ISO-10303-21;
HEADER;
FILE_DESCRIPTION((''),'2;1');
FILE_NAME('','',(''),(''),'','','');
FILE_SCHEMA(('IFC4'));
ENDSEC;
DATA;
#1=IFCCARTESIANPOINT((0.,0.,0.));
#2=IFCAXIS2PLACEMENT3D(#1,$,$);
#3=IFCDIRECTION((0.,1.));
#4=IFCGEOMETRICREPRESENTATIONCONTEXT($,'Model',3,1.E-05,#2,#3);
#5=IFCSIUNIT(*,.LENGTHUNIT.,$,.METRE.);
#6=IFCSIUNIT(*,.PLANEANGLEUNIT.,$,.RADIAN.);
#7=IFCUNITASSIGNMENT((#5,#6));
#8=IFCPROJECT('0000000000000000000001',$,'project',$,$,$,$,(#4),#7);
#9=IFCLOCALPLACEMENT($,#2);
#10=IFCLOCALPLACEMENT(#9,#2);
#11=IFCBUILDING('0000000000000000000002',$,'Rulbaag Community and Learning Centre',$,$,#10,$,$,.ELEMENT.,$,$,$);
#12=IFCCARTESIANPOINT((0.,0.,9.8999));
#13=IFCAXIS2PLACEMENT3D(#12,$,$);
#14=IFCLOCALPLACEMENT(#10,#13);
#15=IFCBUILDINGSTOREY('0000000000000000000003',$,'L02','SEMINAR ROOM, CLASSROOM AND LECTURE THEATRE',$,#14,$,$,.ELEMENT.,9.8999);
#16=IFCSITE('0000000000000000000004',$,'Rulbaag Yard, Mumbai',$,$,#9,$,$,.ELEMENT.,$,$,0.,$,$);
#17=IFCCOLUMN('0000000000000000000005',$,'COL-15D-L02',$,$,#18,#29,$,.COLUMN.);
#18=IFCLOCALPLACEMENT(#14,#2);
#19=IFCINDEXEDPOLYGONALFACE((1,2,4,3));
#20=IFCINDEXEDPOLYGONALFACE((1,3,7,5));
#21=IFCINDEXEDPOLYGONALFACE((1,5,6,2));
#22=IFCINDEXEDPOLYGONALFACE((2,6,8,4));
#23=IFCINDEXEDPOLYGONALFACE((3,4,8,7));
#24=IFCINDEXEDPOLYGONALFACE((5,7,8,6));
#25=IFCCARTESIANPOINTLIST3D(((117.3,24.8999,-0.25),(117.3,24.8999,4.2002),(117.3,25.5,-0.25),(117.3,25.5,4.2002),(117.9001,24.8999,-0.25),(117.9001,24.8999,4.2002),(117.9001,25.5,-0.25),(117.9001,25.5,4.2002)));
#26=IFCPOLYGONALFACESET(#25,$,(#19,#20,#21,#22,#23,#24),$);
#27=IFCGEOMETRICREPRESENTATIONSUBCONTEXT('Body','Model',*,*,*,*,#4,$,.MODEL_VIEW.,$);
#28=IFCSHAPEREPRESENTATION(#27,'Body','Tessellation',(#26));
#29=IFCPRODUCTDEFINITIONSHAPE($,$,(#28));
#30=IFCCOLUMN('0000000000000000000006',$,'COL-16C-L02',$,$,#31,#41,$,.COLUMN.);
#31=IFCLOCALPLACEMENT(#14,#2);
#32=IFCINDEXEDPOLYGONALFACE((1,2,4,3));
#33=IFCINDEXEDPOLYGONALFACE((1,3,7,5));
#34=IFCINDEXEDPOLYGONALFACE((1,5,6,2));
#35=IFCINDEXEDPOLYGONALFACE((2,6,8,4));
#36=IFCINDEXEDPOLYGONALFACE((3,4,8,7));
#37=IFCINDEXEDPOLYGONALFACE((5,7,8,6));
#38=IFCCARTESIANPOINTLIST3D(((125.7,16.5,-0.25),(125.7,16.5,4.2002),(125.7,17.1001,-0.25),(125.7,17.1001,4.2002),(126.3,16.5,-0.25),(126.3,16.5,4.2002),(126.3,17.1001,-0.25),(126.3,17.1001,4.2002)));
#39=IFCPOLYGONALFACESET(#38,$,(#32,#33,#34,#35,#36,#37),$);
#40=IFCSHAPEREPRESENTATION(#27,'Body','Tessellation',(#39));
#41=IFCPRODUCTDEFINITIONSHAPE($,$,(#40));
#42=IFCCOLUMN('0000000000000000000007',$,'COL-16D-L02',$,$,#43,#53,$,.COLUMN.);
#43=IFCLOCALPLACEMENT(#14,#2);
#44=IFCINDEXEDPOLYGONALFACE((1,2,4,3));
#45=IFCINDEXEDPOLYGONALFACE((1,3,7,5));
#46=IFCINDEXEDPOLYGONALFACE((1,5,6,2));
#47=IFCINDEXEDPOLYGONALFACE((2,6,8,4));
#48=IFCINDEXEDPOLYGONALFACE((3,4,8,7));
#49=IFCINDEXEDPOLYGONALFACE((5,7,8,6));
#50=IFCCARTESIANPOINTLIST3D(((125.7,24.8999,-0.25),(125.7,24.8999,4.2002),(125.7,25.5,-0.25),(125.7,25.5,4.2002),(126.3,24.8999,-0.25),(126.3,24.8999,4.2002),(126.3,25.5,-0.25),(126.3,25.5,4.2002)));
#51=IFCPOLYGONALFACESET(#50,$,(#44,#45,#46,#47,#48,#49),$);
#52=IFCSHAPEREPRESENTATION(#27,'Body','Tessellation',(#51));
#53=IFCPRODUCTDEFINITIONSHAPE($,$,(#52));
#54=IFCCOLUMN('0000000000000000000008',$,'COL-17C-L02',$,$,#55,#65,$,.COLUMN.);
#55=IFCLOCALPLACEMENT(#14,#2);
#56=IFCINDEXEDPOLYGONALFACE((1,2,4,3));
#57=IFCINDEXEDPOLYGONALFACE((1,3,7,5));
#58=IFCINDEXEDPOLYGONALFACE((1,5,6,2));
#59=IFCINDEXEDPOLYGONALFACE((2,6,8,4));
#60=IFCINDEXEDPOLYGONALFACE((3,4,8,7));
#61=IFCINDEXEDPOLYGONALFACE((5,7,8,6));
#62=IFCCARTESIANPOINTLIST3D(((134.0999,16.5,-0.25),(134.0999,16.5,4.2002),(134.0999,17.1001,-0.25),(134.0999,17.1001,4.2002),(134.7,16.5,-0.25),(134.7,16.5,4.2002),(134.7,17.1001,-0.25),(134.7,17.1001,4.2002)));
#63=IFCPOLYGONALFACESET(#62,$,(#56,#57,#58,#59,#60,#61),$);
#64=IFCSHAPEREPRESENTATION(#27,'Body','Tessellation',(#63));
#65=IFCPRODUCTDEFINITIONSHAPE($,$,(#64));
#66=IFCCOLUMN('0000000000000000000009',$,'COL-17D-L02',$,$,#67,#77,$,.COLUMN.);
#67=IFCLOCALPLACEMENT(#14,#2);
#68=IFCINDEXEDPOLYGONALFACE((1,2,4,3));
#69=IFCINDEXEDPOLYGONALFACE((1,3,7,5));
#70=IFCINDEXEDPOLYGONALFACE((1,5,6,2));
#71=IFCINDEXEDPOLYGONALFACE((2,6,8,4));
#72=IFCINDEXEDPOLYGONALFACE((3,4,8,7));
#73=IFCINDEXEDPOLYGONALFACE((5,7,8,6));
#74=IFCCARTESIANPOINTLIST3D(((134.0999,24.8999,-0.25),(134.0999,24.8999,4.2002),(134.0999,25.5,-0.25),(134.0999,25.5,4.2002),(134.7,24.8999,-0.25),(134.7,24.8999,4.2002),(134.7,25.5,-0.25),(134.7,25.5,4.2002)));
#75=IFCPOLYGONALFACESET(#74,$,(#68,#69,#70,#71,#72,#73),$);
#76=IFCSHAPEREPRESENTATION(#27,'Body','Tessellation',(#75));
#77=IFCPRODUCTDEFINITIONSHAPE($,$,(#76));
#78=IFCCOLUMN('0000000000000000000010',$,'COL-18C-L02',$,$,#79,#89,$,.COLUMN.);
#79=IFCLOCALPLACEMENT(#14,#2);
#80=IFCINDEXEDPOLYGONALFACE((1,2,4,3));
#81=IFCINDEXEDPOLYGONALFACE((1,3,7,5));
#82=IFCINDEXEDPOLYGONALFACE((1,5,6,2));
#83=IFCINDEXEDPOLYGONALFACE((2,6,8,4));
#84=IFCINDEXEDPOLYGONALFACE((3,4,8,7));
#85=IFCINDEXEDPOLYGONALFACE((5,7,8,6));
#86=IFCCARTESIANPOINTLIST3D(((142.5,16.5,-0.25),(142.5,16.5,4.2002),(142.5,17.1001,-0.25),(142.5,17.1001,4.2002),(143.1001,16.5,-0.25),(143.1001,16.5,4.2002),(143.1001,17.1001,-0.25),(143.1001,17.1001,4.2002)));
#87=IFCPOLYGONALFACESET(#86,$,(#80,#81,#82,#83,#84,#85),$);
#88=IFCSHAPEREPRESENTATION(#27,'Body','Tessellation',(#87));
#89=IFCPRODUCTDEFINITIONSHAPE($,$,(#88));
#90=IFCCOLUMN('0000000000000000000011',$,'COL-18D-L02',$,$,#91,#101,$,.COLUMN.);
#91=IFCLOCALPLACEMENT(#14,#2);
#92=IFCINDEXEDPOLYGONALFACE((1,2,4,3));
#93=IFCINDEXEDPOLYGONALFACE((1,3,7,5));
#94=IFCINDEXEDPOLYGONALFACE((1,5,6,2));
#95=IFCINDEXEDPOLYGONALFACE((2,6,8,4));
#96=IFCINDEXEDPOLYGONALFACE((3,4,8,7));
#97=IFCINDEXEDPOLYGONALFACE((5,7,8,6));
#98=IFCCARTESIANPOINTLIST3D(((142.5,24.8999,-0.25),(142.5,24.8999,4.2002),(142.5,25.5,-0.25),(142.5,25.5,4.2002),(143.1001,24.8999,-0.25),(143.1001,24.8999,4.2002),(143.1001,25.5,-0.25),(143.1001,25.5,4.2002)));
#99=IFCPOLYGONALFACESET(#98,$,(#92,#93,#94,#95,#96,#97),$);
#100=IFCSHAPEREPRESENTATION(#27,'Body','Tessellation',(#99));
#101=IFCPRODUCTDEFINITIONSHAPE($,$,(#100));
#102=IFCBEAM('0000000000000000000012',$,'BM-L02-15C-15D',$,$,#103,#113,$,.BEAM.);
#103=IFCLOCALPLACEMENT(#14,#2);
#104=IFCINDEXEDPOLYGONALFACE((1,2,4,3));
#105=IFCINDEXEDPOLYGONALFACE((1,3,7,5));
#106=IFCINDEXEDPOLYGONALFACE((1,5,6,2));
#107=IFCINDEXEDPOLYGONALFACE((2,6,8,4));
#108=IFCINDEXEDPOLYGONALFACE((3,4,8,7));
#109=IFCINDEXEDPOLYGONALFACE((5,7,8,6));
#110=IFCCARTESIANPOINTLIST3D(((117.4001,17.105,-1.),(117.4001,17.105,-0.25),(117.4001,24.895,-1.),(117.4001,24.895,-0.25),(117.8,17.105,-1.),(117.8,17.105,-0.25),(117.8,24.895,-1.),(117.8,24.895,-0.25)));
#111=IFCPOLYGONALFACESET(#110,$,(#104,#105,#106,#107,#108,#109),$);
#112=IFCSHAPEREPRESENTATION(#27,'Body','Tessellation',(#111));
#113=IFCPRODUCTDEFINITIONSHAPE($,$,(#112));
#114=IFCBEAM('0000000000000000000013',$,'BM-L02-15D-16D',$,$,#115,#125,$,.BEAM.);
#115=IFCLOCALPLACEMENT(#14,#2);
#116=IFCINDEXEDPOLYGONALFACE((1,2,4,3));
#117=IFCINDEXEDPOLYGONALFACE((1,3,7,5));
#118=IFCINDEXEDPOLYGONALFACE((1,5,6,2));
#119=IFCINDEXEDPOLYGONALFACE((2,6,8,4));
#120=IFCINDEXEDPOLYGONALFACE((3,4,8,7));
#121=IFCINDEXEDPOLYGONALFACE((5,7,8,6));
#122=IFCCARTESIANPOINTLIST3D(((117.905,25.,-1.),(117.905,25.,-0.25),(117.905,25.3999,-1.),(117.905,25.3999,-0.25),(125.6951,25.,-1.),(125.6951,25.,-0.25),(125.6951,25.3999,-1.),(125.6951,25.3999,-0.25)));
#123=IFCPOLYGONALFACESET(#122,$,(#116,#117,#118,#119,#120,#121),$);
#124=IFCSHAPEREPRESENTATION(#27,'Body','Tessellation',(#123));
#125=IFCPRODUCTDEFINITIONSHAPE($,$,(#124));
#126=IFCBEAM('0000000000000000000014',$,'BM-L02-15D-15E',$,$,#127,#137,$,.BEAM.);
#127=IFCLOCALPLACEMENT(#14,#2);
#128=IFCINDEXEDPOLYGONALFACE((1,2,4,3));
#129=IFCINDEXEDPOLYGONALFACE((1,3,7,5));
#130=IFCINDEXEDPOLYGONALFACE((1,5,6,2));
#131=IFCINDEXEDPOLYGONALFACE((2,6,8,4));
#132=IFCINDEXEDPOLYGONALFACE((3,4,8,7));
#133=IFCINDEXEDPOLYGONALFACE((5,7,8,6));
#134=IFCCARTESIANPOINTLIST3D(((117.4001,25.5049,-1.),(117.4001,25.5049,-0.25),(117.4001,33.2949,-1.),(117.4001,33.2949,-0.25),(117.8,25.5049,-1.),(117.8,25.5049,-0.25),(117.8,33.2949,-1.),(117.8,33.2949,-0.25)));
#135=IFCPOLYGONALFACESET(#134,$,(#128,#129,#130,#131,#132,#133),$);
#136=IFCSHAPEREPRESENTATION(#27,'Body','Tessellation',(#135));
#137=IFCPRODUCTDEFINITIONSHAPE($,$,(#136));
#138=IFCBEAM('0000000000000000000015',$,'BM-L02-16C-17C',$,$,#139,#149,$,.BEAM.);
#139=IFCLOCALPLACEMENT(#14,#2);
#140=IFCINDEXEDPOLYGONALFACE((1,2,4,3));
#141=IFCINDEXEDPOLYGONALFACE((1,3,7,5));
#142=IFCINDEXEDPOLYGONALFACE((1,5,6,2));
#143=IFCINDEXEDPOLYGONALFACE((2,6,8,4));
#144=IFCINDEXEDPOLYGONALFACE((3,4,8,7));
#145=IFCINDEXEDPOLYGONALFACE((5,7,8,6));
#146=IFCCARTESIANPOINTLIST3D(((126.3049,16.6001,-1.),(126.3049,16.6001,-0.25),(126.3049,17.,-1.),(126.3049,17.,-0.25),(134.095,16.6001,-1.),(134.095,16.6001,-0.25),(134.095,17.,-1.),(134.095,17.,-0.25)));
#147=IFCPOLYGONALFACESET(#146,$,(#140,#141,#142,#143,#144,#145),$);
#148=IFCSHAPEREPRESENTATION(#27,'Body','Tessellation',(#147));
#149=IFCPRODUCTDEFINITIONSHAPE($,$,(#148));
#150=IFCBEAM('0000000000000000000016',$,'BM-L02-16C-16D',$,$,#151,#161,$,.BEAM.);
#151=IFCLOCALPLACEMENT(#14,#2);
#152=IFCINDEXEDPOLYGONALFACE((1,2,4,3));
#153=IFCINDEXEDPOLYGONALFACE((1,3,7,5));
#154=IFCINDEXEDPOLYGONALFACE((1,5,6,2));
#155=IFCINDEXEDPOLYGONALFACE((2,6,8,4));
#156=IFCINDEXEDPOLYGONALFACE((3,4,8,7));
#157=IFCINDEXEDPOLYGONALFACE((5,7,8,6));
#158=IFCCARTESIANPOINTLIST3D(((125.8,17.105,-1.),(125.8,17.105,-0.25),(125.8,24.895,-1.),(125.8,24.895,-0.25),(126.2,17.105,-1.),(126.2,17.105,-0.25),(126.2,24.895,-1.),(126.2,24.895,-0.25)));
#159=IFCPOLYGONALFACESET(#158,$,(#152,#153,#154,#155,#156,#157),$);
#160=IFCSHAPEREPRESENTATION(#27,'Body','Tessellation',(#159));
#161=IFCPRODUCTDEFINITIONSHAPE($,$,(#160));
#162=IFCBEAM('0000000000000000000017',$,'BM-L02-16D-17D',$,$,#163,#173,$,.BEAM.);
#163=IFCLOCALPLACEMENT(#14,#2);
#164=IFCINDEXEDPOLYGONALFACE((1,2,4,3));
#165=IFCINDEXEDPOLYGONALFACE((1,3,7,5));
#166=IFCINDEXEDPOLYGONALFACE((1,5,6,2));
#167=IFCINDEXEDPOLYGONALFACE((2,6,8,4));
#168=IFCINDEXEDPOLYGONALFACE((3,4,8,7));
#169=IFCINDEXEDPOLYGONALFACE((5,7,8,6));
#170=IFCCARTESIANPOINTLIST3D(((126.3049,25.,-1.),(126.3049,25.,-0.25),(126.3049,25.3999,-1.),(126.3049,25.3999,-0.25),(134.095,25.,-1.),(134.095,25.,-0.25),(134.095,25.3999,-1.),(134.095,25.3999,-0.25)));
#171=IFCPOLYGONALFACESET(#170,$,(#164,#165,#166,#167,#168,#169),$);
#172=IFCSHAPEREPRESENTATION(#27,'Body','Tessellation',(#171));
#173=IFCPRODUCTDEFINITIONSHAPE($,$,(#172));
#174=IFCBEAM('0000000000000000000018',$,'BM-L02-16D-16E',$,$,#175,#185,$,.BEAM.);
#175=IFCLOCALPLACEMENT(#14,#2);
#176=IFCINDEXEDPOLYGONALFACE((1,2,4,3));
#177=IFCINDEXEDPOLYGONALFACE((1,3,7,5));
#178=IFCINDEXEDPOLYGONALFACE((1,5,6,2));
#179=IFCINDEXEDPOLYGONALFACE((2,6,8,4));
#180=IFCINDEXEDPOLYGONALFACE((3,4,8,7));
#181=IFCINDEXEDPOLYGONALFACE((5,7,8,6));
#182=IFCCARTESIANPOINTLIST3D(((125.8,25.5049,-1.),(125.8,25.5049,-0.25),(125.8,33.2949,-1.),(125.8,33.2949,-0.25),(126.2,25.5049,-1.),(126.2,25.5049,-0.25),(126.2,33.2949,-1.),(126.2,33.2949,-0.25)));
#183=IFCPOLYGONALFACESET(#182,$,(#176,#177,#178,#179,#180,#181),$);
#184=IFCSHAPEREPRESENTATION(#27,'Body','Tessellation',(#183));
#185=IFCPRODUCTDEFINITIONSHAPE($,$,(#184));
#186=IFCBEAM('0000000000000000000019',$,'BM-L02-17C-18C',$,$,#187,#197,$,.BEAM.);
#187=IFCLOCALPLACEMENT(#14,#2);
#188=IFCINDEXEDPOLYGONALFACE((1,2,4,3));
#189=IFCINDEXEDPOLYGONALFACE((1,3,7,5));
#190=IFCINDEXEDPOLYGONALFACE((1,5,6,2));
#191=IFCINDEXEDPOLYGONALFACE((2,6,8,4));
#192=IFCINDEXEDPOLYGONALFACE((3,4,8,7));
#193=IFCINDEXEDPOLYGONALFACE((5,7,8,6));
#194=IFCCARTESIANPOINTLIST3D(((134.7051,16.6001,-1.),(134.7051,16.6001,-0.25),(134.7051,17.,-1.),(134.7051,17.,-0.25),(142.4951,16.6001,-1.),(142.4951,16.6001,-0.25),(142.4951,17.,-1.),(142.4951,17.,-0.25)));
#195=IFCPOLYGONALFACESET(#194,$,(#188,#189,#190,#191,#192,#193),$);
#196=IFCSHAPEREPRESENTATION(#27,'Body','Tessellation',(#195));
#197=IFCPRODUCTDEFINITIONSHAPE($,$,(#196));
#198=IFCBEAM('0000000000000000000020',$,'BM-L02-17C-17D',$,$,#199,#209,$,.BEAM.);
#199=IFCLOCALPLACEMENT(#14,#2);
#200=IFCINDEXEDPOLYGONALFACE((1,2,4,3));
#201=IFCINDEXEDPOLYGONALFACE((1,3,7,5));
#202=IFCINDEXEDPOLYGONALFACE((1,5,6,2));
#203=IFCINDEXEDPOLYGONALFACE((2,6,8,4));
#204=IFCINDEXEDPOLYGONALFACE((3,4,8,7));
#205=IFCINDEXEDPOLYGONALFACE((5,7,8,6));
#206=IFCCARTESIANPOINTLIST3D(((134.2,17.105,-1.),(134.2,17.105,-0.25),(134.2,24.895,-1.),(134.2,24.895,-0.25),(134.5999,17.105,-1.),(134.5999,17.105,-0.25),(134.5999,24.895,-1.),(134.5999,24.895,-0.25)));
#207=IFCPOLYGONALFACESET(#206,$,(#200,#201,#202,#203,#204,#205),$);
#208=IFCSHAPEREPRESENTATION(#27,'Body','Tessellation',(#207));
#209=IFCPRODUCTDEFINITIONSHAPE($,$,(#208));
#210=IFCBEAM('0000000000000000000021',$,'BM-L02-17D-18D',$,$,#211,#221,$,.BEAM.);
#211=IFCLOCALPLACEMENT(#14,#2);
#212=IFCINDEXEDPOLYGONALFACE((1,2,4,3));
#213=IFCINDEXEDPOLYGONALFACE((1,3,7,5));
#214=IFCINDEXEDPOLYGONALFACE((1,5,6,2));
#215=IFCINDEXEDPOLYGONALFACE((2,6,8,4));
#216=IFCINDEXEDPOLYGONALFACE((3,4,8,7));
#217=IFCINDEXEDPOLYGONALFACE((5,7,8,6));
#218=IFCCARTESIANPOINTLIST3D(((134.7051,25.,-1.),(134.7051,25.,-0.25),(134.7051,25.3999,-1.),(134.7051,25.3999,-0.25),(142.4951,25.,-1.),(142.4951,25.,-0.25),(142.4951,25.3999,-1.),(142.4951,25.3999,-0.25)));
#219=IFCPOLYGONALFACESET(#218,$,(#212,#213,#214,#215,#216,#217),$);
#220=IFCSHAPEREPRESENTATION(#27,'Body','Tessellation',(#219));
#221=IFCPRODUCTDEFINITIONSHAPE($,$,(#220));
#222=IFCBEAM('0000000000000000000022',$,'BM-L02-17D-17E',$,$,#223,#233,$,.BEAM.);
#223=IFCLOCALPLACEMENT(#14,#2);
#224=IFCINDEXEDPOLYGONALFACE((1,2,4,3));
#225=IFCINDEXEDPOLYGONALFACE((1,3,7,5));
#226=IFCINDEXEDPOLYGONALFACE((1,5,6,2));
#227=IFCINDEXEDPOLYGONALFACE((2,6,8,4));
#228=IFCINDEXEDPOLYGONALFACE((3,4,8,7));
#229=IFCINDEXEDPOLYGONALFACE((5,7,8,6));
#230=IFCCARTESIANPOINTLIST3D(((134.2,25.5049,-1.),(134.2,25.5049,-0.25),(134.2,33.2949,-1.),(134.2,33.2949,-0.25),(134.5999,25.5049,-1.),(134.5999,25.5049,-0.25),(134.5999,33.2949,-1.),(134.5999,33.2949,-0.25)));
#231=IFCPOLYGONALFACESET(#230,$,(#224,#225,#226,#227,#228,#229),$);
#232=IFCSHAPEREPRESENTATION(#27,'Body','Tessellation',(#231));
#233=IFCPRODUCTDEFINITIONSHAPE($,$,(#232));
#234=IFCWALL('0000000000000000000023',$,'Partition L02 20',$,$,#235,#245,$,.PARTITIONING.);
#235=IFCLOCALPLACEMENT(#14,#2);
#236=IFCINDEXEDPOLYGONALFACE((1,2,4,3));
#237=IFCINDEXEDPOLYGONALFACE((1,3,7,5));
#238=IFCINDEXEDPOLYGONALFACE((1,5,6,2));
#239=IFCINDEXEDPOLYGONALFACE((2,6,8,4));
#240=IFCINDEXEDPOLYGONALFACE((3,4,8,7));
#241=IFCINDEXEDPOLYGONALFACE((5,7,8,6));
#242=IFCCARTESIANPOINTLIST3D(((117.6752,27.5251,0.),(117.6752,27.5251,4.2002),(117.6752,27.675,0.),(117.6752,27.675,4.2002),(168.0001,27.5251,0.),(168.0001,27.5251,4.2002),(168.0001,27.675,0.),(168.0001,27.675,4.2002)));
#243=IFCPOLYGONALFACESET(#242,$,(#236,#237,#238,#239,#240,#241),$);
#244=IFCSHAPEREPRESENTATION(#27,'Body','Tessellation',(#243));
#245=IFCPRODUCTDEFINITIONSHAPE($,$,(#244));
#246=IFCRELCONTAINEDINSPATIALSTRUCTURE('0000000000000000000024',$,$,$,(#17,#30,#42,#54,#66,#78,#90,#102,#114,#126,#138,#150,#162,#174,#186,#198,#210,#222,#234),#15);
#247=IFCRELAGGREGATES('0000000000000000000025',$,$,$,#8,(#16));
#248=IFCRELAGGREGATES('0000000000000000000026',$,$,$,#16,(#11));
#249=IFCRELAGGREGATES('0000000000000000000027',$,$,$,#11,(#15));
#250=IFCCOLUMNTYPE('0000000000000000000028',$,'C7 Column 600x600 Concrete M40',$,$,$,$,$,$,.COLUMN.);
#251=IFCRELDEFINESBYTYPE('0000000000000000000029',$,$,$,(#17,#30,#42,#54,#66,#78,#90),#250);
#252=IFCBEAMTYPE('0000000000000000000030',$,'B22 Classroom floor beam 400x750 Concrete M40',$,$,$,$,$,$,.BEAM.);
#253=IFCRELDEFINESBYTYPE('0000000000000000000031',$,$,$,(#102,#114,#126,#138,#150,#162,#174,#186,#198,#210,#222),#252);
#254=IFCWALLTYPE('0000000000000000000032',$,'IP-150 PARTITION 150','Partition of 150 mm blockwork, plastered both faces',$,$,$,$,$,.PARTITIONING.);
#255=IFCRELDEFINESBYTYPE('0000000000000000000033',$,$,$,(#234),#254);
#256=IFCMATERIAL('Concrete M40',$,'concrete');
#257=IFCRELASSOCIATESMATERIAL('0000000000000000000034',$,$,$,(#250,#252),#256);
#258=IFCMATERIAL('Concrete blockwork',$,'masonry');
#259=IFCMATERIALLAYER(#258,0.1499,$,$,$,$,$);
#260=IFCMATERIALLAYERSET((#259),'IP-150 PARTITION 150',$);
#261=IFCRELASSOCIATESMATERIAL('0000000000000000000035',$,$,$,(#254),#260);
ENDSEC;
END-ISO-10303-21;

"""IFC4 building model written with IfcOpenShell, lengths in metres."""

from ifc_helpers import new_model, si_unit, direction, frame, frame_2d, origin, origin_2d, place, context, subcontext, project, spatial, rectangle, extrude, material, layer, layer_set, material_profile, profile_set, type_object, element, save


model = new_model("IFC4")

# Units and contexts
model_context = context("Model", 3, precision=1e-05, world=origin(), true_north=direction((0.0, 1.0)))
body_context = subcontext(model_context, "Body", "Model", "MODEL_VIEW")
ifc_project = project(units=[si_unit("LENGTHUNIT", "METRE"), si_unit("PLANEANGLEUNIT", "RADIAN")], contexts=[model_context])

# Site, building, storey
site_placement = place(None, origin())
site = spatial("IfcSite", under=ifc_project, at=site_placement, Name="Rulbaag Yard, Mumbai", CompositionType="ELEMENT", RefElevation=0.0)
building_placement = place(site_placement, origin())
building = spatial("IfcBuilding", under=site, at=building_placement, Name="Rulbaag Community and Learning Centre", CompositionType="ELEMENT")
storey_placement = place(building_placement, frame((0.0, 0.0, 9.8999)))
storey = spatial("IfcBuildingStorey", under=building, at=storey_placement, Name="L02", Description="SEMINAR ROOM, CLASSROOM AND LECTURE THEATRE", CompositionType="ELEMENT", Elevation=9.8999)

# Columns
ifc_material_1 = material(Name="Concrete M40", Category="concrete")
ifc_material_profile_1 = material_profile(ifc_material_1, rectangle(XDim=0.6001, YDim=0.6001, at=origin_2d()), Name="RC600x600")
ifc_profile_set_1 = profile_set([ifc_material_profile_1], Name="Concrete M40")
column_type = type_object("IfcColumnType", Name="C7 Column 600x600 Concrete M40", PredefinedType="COLUMN", material=ifc_profile_set_1)
for number, where, z_axis, x_axis, name in (
    (1, (117.6001, 25.2, -0.25), (0.0, 0.0, 1.0), (1.0, 0.0, 0.0), "COL-15D-L02"),
    (2, (126.0, 16.8, -0.25), (0.0, 0.0, 1.0), (1.0, 0.0, 0.0), "COL-16C-L02"),
    (3, (126.0, 25.2, -0.25), (0.0, 0.0, 1.0), (1.0, 0.0, 0.0), "COL-16D-L02"),
    (4, (134.3999, 16.8, -0.25), (0.0, 0.0, 1.0), (1.0, 0.0, 0.0), "COL-17C-L02"),
    (5, (134.3999, 25.2, -0.25), (0.0, 0.0, 1.0), (1.0, 0.0, 0.0), "COL-17D-L02"),
    (6, (142.8, 16.8, -0.25), (0.0, 0.0, 1.0), (1.0, 0.0, 0.0), "COL-18C-L02"),
    (7, (142.8, 25.2, -0.25), (0.0, 0.0, 1.0), (1.0, 0.0, 0.0), "COL-18D-L02"),
):
    element("IfcColumn", number, at=place(storey_placement, frame(where, z_axis=z_axis, x_axis=x_axis)), inside=storey, type_object=column_type, Name=name, PredefinedType="COLUMN", context=body_context, shape_type="SweptSolid", body=[
        extrude(rectangle(XDim=0.6001, YDim=0.6001, at=origin_2d()), origin(), (0.0, 0.0, 1.0), 4.4502),
    ])

# Beams
ifc_material_profile_2 = material_profile(ifc_material_1, rectangle(XDim=0.3999, YDim=0.75, at=origin_2d()), Name="RB400x750")
ifc_profile_set_2 = profile_set([ifc_material_profile_2], Name="Concrete M40")
beam_type = type_object("IfcBeamType", Name="B22 Classroom floor beam 400x750 Concrete M40", PredefinedType="BEAM", material=ifc_profile_set_2)
for number, where, z_axis, x_axis, name in (
    (8, (117.6001, 17.105, -0.625), (0.0, 1.0, 0.0), (-1.0, 0.0, 0.0), "BM-L02-15C-15D"),
    (9, (117.905, 25.2, -0.625), (1.0, 0.0, 0.0), (0.0, 1.0, 0.0), "BM-L02-15D-16D"),
    (10, (117.6001, 25.5049, -0.625), (0.0, 1.0, 0.0), (-1.0, 0.0, 0.0), "BM-L02-15D-15E"),
    (11, (126.3049, 16.8, -0.625), (1.0, 0.0, 0.0), (0.0, 1.0, 0.0), "BM-L02-16C-17C"),
    (12, (126.0, 17.105, -0.625), (0.0, 1.0, 0.0), (-1.0, 0.0, 0.0), "BM-L02-16C-16D"),
    (13, (126.3049, 25.2, -0.625), (1.0, 0.0, 0.0), (0.0, 1.0, 0.0), "BM-L02-16D-17D"),
    (14, (126.0, 25.5049, -0.625), (0.0, 1.0, 0.0), (-1.0, 0.0, 0.0), "BM-L02-16D-16E"),
    (15, (134.7051, 16.8, -0.625), (1.0, 0.0, 0.0), (0.0, 1.0, 0.0), "BM-L02-17C-18C"),
    (16, (134.3999, 17.105, -0.625), (0.0, 1.0, 0.0), (-1.0, 0.0, 0.0), "BM-L02-17C-17D"),
    (17, (134.7051, 25.2, -0.625), (1.0, 0.0, 0.0), (0.0, 1.0, 0.0), "BM-L02-17D-18D"),
    (18, (134.3999, 25.5049, -0.625), (0.0, 1.0, 0.0), (-1.0, 0.0, 0.0), "BM-L02-17D-17E"),
):
    element("IfcBeam", number, at=place(storey_placement, frame(where, z_axis=z_axis, x_axis=x_axis)), inside=storey, type_object=beam_type, Name=name, PredefinedType="BEAM", context=body_context, shape_type="SweptSolid", body=[
        extrude(rectangle(XDim=0.3999, YDim=0.75, at=origin_2d()), origin(), (0.0, 0.0, 1.0), 7.79),
    ])

# Wall
ifc_material_2 = material(Name="Concrete blockwork", Category="masonry")
ifc_layer = layer(ifc_material_2, 0.1499)
ifc_layer_set = layer_set([ifc_layer], Name="IP-150 PARTITION 150")
wall_type = type_object("IfcWallType", Name="IP-150 PARTITION 150", Description="Partition of 150 mm blockwork, plastered both faces", PredefinedType="PARTITIONING", material=ifc_layer_set)
wall_1_placement = place(storey_placement, frame((117.675, 27.6001, 0.0), z_axis=(0.0, 0.0, 1.0), x_axis=(1.0, 0.0, 0.0)))
element("IfcWall", 19, at=wall_1_placement, inside=storey, type_object=wall_type, Name="Partition L02 20", PredefinedType="PARTITIONING", context=body_context, shape_type="SweptSolid", body=[
    extrude(rectangle(XDim=50.325, YDim=0.1499, at=frame_2d((25.1626, 0.0))), origin(), (0.0, 0.0, 1.0), 4.2002),
])

save(model, "model.ifc")
